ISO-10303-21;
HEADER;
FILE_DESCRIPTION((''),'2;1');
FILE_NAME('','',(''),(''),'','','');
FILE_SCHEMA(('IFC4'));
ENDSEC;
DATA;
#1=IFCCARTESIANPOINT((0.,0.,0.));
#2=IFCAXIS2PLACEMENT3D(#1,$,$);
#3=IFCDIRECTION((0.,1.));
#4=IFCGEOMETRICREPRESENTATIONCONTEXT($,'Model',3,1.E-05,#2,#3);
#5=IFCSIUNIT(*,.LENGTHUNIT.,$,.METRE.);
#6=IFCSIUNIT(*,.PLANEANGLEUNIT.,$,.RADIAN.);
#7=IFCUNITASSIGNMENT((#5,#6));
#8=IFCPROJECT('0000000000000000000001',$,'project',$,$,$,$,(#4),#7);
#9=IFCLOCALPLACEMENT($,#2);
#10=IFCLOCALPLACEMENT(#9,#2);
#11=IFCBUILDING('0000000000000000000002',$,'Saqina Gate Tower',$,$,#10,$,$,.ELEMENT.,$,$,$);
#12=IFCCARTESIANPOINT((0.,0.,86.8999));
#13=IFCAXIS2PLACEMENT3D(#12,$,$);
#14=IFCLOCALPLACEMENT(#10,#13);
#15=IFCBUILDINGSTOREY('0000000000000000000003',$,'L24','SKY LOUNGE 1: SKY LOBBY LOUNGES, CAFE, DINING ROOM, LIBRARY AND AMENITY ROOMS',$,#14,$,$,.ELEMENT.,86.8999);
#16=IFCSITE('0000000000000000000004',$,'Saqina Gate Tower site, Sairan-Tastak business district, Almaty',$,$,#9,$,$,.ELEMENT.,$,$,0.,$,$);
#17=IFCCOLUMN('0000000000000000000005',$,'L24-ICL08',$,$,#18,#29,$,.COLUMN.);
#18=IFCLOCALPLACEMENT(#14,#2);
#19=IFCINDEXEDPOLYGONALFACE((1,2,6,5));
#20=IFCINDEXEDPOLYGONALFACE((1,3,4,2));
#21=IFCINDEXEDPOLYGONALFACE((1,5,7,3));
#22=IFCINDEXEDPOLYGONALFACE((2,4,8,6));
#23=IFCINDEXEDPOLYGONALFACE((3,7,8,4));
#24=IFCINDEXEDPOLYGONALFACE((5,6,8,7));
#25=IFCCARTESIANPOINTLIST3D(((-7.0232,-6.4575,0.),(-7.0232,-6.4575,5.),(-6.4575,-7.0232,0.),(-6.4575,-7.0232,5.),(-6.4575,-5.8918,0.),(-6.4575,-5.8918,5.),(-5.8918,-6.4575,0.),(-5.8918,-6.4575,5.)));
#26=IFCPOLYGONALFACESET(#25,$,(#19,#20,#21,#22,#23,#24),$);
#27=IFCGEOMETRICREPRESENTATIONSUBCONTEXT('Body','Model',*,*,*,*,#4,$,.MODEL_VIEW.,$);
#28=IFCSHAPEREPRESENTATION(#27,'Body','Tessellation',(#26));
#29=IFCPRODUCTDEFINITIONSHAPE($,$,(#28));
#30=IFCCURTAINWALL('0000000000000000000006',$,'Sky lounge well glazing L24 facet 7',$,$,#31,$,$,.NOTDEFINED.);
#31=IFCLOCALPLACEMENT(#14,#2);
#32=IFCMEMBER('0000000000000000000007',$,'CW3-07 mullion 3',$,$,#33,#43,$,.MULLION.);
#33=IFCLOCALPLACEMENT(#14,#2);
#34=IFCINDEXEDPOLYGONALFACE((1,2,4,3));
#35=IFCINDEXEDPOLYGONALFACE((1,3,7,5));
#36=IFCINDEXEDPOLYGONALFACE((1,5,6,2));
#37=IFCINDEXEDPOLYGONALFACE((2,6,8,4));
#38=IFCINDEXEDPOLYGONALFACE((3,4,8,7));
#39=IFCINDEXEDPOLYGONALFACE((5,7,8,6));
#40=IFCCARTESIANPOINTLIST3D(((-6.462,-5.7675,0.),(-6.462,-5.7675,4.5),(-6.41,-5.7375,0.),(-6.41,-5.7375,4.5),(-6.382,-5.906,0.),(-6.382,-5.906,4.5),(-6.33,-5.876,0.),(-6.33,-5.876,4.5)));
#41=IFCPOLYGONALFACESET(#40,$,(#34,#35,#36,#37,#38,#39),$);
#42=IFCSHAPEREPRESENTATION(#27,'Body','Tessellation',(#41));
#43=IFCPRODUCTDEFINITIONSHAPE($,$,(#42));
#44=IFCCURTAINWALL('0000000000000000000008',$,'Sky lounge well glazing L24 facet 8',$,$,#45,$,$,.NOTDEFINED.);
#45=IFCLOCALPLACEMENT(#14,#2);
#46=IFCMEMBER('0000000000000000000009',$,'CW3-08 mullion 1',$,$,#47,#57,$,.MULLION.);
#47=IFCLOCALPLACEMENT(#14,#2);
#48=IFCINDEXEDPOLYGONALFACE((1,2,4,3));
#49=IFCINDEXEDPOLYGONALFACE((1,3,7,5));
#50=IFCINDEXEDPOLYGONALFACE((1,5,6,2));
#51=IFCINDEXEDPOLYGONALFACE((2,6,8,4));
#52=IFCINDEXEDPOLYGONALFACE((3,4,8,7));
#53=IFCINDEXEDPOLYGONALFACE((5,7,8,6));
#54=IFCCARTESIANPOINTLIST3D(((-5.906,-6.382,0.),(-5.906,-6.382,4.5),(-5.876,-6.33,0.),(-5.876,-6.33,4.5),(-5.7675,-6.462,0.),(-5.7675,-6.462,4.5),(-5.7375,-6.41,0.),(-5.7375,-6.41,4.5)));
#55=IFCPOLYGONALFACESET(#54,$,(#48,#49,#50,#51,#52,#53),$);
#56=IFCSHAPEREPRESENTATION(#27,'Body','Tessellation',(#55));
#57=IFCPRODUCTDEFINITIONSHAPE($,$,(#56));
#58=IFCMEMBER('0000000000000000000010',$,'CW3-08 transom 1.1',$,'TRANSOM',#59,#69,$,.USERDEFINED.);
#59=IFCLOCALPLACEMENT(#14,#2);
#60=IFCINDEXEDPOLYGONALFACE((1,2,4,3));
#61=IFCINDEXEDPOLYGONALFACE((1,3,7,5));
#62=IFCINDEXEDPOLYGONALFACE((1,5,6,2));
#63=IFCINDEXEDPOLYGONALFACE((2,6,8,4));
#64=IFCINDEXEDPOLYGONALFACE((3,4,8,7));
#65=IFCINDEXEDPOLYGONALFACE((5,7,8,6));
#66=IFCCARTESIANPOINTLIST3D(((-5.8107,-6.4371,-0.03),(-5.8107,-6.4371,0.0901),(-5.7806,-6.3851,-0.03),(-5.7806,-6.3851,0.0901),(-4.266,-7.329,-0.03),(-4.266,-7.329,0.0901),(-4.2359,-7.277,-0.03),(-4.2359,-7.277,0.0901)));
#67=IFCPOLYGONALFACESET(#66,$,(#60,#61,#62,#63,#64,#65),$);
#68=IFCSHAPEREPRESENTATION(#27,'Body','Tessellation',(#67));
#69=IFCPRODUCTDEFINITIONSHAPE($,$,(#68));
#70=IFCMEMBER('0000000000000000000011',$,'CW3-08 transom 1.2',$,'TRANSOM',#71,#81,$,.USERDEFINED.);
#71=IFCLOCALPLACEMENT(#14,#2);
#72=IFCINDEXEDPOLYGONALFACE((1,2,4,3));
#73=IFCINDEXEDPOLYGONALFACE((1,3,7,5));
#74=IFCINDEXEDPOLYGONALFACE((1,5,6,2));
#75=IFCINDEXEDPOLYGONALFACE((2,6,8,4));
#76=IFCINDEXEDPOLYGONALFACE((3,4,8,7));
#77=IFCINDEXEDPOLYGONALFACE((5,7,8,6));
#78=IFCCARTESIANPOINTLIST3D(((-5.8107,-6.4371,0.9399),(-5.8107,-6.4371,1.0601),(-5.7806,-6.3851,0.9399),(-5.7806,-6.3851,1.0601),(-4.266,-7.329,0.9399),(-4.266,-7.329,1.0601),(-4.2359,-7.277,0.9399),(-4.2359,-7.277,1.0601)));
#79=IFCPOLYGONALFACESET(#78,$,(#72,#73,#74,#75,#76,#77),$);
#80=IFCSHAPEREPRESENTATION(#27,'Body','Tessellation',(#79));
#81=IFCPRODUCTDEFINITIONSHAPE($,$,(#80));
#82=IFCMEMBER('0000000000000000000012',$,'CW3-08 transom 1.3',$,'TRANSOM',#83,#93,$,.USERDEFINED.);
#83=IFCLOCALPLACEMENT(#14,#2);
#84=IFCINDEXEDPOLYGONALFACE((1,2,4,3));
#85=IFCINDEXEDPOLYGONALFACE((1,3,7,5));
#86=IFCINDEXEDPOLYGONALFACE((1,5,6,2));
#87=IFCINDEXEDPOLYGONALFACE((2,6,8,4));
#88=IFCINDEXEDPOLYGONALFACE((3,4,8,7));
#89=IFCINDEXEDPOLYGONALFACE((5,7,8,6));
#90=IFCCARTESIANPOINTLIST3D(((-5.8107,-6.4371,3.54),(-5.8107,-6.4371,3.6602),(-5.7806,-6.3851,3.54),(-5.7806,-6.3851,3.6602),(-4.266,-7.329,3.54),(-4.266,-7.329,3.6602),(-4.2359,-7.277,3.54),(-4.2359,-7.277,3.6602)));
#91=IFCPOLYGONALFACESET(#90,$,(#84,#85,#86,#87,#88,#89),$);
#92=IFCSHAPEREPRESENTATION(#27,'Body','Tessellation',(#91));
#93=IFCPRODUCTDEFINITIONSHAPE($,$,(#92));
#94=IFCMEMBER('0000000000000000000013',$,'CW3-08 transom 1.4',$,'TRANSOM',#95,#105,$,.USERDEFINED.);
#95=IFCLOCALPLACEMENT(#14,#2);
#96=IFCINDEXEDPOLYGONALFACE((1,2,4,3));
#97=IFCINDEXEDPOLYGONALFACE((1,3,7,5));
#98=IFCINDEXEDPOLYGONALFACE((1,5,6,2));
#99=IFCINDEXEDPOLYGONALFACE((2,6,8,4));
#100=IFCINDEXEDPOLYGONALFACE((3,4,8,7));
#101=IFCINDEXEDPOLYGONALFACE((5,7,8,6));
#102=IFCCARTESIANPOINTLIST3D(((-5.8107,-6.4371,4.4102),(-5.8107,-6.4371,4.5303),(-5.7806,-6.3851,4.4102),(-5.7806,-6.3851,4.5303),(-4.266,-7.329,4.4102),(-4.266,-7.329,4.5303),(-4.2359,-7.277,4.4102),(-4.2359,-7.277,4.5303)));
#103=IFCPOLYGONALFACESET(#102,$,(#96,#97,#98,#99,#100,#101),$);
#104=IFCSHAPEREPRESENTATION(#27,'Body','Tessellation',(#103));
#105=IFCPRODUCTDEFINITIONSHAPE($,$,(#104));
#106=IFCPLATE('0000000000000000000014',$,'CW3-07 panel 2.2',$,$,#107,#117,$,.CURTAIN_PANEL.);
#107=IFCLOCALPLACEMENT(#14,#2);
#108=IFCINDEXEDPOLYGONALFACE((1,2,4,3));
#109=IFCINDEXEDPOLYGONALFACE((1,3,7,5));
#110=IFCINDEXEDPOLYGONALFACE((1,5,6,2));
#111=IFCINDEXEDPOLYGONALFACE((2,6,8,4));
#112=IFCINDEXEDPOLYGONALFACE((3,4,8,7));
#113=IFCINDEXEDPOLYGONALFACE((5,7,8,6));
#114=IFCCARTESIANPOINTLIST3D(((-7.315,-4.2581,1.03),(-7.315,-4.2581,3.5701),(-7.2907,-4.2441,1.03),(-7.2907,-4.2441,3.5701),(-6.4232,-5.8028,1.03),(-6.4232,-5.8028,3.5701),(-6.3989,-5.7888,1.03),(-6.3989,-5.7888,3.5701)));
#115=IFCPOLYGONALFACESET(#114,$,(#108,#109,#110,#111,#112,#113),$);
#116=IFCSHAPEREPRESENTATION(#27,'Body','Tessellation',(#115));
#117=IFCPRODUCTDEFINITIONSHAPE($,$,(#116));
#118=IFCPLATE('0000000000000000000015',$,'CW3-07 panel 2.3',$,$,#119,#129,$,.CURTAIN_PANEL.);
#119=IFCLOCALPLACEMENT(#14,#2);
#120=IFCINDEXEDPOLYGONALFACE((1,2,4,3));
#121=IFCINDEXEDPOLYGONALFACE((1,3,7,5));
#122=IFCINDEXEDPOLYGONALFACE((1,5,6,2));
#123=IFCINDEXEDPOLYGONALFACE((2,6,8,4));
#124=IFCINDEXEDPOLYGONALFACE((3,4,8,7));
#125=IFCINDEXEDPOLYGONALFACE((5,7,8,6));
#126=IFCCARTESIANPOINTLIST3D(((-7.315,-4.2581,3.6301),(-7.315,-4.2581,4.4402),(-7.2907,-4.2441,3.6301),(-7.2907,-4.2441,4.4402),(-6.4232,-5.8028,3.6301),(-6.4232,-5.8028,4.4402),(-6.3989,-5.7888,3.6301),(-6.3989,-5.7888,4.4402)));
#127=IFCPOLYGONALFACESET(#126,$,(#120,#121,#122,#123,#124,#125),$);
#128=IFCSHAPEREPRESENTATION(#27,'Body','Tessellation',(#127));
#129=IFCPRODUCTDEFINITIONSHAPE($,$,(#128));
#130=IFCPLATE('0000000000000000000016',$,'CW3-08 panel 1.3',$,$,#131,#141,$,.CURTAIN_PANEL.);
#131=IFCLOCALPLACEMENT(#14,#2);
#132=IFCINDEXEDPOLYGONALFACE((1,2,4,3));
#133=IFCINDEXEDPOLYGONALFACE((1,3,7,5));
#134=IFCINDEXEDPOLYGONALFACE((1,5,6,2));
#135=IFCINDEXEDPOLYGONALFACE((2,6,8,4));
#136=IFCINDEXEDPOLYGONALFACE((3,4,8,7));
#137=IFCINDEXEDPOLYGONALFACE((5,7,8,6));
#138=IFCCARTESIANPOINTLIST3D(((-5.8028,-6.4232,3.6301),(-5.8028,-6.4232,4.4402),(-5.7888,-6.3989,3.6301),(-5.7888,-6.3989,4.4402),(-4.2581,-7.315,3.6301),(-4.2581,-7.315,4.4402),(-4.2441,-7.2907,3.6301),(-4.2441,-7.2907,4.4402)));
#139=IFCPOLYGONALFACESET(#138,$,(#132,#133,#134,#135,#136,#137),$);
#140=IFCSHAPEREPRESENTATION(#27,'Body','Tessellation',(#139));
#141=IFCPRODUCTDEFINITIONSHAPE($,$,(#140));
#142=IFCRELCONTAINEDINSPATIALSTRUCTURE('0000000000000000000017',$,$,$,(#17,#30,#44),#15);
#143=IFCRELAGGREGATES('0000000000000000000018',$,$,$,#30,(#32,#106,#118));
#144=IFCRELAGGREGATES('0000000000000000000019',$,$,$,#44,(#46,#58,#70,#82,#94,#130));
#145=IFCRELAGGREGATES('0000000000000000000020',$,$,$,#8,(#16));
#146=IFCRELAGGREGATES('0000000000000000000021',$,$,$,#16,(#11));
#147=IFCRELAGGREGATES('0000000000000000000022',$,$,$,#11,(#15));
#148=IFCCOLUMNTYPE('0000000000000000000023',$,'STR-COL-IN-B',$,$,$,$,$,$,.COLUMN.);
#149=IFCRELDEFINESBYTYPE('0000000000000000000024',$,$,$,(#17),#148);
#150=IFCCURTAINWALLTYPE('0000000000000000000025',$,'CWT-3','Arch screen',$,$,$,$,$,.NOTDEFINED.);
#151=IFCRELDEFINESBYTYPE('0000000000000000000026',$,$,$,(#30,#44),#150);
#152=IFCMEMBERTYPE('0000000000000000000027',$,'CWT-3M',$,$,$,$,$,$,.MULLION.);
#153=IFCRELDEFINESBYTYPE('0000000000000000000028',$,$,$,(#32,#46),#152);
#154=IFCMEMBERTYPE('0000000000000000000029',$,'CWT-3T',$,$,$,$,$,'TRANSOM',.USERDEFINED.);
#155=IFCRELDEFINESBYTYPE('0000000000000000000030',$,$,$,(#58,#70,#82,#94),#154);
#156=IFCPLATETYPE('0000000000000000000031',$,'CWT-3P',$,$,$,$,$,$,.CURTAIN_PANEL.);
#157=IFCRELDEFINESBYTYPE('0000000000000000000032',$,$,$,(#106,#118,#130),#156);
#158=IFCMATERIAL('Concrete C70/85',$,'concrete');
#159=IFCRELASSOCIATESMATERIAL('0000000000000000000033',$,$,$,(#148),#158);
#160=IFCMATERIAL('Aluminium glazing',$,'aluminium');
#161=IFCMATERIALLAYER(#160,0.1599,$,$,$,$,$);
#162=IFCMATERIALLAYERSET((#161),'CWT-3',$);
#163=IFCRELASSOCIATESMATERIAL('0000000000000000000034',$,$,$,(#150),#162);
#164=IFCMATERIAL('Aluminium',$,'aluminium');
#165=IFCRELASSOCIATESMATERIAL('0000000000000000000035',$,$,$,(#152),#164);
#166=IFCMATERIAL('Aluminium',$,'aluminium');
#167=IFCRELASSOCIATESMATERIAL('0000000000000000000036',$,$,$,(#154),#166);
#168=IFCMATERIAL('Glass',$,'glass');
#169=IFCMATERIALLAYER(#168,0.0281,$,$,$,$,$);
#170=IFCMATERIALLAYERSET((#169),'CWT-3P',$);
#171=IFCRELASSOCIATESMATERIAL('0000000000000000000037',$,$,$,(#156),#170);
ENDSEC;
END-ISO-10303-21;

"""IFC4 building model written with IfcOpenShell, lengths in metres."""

from ifc_helpers import new_model, si_unit, direction, frame, origin, origin_2d, place, context, subcontext, project, spatial, rectangle, extrude, material, layer, layer_set, material_profile, profile_set, type_object, element, aggregate, save


model = new_model("IFC4")

# Units and contexts
model_context = context("Model", 3, precision=1e-05, world=origin(), true_north=direction((0.0, 1.0)))
body_context = subcontext(model_context, "Body", "Model", "MODEL_VIEW")
ifc_project = project(units=[si_unit("LENGTHUNIT", "METRE"), si_unit("PLANEANGLEUNIT", "RADIAN")], contexts=[model_context])

# Site, building, storey
site_placement = place(None, origin())
site = spatial("IfcSite", under=ifc_project, at=site_placement, Name="Saqina Gate Tower site, Sairan-Tastak business district, Almaty", CompositionType="ELEMENT", RefElevation=0.0)
building_placement = place(site_placement, origin())
building = spatial("IfcBuilding", under=site, at=building_placement, Name="Saqina Gate Tower", CompositionType="ELEMENT")
storey_placement = place(building_placement, frame((0.0, 0.0, 86.8999)))
storey = spatial("IfcBuildingStorey", under=building, at=storey_placement, Name="L24", Description="SKY LOUNGE 1: SKY LOBBY LOUNGES, CAFE, DINING ROOM, LIBRARY AND AMENITY ROOMS", CompositionType="ELEMENT", Elevation=86.8999)

# Column
ifc_material_1 = material(Name="Concrete C70/85", Category="concrete")
ifc_material_profile_1 = material_profile(ifc_material_1, rectangle(XDim=0.8, YDim=0.8, at=origin_2d()), Name="RC 800x800")
ifc_profile_set_1 = profile_set([ifc_material_profile_1], Name="Concrete C70/85")
column_type = type_object("IfcColumnType", Name="STR-COL-IN-B", PredefinedType="COLUMN", material=ifc_profile_set_1)
column_placement = place(storey_placement, frame((-6.4575, -6.4575, 0.0), z_axis=(0.0, 0.0, 1.0), x_axis=(-0.707107, -0.707107, 0.0)))
element("IfcColumn", 1, at=column_placement, inside=storey, type_object=column_type, Name="L24-ICL08", PredefinedType="COLUMN", context=body_context, shape_type="SweptSolid", body=[
    extrude(rectangle(XDim=0.8, YDim=0.8, at=origin_2d()), origin(), (0.0, 0.0, 1.0), 5.0),
])

# Curtain wall, member
ifc_material_2 = material(Name="Aluminium glazing", Category="aluminium")
ifc_layer_1 = layer(ifc_material_2, 0.1599)
ifc_layer_set_1 = layer_set([ifc_layer_1], Name="CWT-3")
curtain_wall_type = type_object("IfcCurtainWallType", Name="CWT-3", Description="Arch screen", PredefinedType="NOTDEFINED", material=ifc_layer_set_1)
curtain_wall_1_placement = place(storey_placement, origin())
curtain_wall_1 = element("IfcCurtainWall", 2, at=curtain_wall_1_placement, inside=storey, type_object=curtain_wall_type, Name="Sky lounge well glazing L24 facet 7", PredefinedType="NOTDEFINED")
ifc_material_3 = material(Name="Aluminium", Category="aluminium")
ifc_material_profile_2 = material_profile(ifc_material_3, rectangle(XDim=0.0601, YDim=0.1599, at=origin_2d()), Name="Aluminium 60x160")
ifc_profile_set_2 = profile_set([ifc_material_profile_2], Name="Aluminium")
member_type_1 = type_object("IfcMemberType", Name="CWT-3M", PredefinedType="MULLION", material=ifc_profile_set_2)
member_1_placement = place(storey_placement, frame((-6.396, -5.8218, 0.0), z_axis=(0.0, 0.0, 1.0), x_axis=(0.866029, 0.499993, 0.0)))
member_1 = element("IfcMember", 3, at=member_1_placement, type_object=member_type_1, Name="CW3-07 mullion 3", PredefinedType="MULLION", context=body_context, shape_type="SweptSolid", body=[
    extrude(rectangle(XDim=0.0601, YDim=0.1599, at=origin_2d()), origin(), (0.0, 0.0, 1.0), 4.5),
])

# Curtain wall, members
curtain_wall_2_placement = place(storey_placement, origin())
curtain_wall_2 = element("IfcCurtainWall", 4, at=curtain_wall_2_placement, inside=storey, type_object=curtain_wall_type, Name="Sky lounge well glazing L24 facet 8", PredefinedType="NOTDEFINED")
member_2_placement = place(storey_placement, frame((-5.8218, -6.396, 0.0), z_axis=(0.0, 0.0, 1.0), x_axis=(0.499993, 0.866029, 0.0)))
member_2 = element("IfcMember", 5, at=member_2_placement, type_object=member_type_1, Name="CW3-08 mullion 1", PredefinedType="MULLION", context=body_context, shape_type="SweptSolid", body=[
    extrude(rectangle(XDim=0.0601, YDim=0.1599, at=origin_2d()), origin(), (0.0, 0.0, 1.0), 4.5),
])
ifc_material_4 = material(Name="Aluminium", Category="aluminium")
ifc_material_profile_3 = material_profile(ifc_material_4, rectangle(XDim=0.0601, YDim=0.1201, at=origin_2d()), Name="Aluminium 60x120")
ifc_profile_set_3 = profile_set([ifc_material_profile_3], Name="Aluminium")
member_type_2 = type_object("IfcMemberType", Name="CWT-3T", ElementType="TRANSOM", PredefinedType="USERDEFINED", material=ifc_profile_set_3)
member_3_placement = place(storey_placement, frame((-5.7957, -6.4111, 0.03), z_axis=(0.866019, -0.500011, 0.0), x_axis=(0.500011, 0.866019, 0.0)))
member_3 = element("IfcMember", 6, at=member_3_placement, type_object=member_type_2, Name="CW3-08 transom 1.1", ObjectType="TRANSOM", PredefinedType="USERDEFINED", context=body_context, shape_type="SweptSolid", body=[
    extrude(rectangle(XDim=0.0601, YDim=0.1201, at=origin_2d()), origin(), (0.0, 0.0, 1.0), 1.7837),
])
member_4_placement = place(storey_placement, frame((-5.7957, -6.4111, 1.0), z_axis=(0.866019, -0.500011, 0.0), x_axis=(0.500011, 0.866019, 0.0)))
member_4 = element("IfcMember", 7, at=member_4_placement, type_object=member_type_2, Name="CW3-08 transom 1.2", ObjectType="TRANSOM", PredefinedType="USERDEFINED", context=body_context, shape_type="SweptSolid", body=[
    extrude(rectangle(XDim=0.0601, YDim=0.1201, at=origin_2d()), origin(), (0.0, 0.0, 1.0), 1.7837),
])
member_5_placement = place(storey_placement, frame((-5.7957, -6.4111, 3.6001), z_axis=(0.866019, -0.500011, 0.0), x_axis=(0.500011, 0.866019, 0.0)))
member_5 = element("IfcMember", 8, at=member_5_placement, type_object=member_type_2, Name="CW3-08 transom 1.3", ObjectType="TRANSOM", PredefinedType="USERDEFINED", context=body_context, shape_type="SweptSolid", body=[
    extrude(rectangle(XDim=0.0601, YDim=0.1201, at=origin_2d()), origin(), (0.0, 0.0, 1.0), 1.7837),
])
member_6_placement = place(storey_placement, frame((-5.7957, -6.4111, 4.4702), z_axis=(0.866019, -0.500011, 0.0), x_axis=(0.500011, 0.866019, 0.0)))
member_6 = element("IfcMember", 9, at=member_6_placement, type_object=member_type_2, Name="CW3-08 transom 1.4", ObjectType="TRANSOM", PredefinedType="USERDEFINED", context=body_context, shape_type="SweptSolid", body=[
    extrude(rectangle(XDim=0.0601, YDim=0.1201, at=origin_2d()), origin(), (0.0, 0.0, 1.0), 1.7837),
])

# Plates
ifc_material_5 = material(Name="Glass", Category="glass")
ifc_layer_2 = layer(ifc_material_5, 0.0281)
ifc_layer_set_2 = layer_set([ifc_layer_2], Name="CWT-3P")
plate_type = type_object("IfcPlateType", Name="CWT-3P", PredefinedType="CURTAIN_PANEL", material=ifc_layer_set_2)
plate_1_placement = place(storey_placement, frame((-6.8569, -5.0234, 1.03), z_axis=(0.0, 0.0, 1.0), x_axis=(0.499993, -0.866029, 0.0)))
plate_1 = element("IfcPlate", 10, at=plate_1_placement, type_object=plate_type, Name="CW3-07 panel 2.2", PredefinedType="CURTAIN_PANEL", context=body_context, shape_type="SweptSolid", body=[
    extrude(rectangle(XDim=1.7837, YDim=0.0281, at=origin_2d()), origin(), (0.0, 0.0, 1.0), 2.54),
])
plate_2_placement = place(storey_placement, frame((-6.8569, -5.0234, 3.6301), z_axis=(0.0, 0.0, 1.0), x_axis=(0.499993, -0.866029, 0.0)))
plate_2 = element("IfcPlate", 11, at=plate_2_placement, type_object=plate_type, Name="CW3-07 panel 2.3", PredefinedType="CURTAIN_PANEL", context=body_context, shape_type="SweptSolid", body=[
    extrude(rectangle(XDim=1.7837, YDim=0.0281, at=origin_2d()), origin(), (0.0, 0.0, 1.0), 0.8101),
])
aggregate(curtain_wall_1, [member_1, plate_1, plate_2])
plate_3_placement = place(storey_placement, frame((-5.0234, -6.8569, 3.6301), z_axis=(0.0, 0.0, 1.0), x_axis=(0.866029, -0.499993, 0.0)))
plate_3 = element("IfcPlate", 12, at=plate_3_placement, type_object=plate_type, Name="CW3-08 panel 1.3", PredefinedType="CURTAIN_PANEL", context=body_context, shape_type="SweptSolid", body=[
    extrude(rectangle(XDim=1.7837, YDim=0.0281, at=origin_2d()), origin(), (0.0, 0.0, 1.0), 0.8101),
])
aggregate(curtain_wall_2, [member_2, member_3, member_4, member_5, member_6, plate_3])

save(model, "model.ifc")
